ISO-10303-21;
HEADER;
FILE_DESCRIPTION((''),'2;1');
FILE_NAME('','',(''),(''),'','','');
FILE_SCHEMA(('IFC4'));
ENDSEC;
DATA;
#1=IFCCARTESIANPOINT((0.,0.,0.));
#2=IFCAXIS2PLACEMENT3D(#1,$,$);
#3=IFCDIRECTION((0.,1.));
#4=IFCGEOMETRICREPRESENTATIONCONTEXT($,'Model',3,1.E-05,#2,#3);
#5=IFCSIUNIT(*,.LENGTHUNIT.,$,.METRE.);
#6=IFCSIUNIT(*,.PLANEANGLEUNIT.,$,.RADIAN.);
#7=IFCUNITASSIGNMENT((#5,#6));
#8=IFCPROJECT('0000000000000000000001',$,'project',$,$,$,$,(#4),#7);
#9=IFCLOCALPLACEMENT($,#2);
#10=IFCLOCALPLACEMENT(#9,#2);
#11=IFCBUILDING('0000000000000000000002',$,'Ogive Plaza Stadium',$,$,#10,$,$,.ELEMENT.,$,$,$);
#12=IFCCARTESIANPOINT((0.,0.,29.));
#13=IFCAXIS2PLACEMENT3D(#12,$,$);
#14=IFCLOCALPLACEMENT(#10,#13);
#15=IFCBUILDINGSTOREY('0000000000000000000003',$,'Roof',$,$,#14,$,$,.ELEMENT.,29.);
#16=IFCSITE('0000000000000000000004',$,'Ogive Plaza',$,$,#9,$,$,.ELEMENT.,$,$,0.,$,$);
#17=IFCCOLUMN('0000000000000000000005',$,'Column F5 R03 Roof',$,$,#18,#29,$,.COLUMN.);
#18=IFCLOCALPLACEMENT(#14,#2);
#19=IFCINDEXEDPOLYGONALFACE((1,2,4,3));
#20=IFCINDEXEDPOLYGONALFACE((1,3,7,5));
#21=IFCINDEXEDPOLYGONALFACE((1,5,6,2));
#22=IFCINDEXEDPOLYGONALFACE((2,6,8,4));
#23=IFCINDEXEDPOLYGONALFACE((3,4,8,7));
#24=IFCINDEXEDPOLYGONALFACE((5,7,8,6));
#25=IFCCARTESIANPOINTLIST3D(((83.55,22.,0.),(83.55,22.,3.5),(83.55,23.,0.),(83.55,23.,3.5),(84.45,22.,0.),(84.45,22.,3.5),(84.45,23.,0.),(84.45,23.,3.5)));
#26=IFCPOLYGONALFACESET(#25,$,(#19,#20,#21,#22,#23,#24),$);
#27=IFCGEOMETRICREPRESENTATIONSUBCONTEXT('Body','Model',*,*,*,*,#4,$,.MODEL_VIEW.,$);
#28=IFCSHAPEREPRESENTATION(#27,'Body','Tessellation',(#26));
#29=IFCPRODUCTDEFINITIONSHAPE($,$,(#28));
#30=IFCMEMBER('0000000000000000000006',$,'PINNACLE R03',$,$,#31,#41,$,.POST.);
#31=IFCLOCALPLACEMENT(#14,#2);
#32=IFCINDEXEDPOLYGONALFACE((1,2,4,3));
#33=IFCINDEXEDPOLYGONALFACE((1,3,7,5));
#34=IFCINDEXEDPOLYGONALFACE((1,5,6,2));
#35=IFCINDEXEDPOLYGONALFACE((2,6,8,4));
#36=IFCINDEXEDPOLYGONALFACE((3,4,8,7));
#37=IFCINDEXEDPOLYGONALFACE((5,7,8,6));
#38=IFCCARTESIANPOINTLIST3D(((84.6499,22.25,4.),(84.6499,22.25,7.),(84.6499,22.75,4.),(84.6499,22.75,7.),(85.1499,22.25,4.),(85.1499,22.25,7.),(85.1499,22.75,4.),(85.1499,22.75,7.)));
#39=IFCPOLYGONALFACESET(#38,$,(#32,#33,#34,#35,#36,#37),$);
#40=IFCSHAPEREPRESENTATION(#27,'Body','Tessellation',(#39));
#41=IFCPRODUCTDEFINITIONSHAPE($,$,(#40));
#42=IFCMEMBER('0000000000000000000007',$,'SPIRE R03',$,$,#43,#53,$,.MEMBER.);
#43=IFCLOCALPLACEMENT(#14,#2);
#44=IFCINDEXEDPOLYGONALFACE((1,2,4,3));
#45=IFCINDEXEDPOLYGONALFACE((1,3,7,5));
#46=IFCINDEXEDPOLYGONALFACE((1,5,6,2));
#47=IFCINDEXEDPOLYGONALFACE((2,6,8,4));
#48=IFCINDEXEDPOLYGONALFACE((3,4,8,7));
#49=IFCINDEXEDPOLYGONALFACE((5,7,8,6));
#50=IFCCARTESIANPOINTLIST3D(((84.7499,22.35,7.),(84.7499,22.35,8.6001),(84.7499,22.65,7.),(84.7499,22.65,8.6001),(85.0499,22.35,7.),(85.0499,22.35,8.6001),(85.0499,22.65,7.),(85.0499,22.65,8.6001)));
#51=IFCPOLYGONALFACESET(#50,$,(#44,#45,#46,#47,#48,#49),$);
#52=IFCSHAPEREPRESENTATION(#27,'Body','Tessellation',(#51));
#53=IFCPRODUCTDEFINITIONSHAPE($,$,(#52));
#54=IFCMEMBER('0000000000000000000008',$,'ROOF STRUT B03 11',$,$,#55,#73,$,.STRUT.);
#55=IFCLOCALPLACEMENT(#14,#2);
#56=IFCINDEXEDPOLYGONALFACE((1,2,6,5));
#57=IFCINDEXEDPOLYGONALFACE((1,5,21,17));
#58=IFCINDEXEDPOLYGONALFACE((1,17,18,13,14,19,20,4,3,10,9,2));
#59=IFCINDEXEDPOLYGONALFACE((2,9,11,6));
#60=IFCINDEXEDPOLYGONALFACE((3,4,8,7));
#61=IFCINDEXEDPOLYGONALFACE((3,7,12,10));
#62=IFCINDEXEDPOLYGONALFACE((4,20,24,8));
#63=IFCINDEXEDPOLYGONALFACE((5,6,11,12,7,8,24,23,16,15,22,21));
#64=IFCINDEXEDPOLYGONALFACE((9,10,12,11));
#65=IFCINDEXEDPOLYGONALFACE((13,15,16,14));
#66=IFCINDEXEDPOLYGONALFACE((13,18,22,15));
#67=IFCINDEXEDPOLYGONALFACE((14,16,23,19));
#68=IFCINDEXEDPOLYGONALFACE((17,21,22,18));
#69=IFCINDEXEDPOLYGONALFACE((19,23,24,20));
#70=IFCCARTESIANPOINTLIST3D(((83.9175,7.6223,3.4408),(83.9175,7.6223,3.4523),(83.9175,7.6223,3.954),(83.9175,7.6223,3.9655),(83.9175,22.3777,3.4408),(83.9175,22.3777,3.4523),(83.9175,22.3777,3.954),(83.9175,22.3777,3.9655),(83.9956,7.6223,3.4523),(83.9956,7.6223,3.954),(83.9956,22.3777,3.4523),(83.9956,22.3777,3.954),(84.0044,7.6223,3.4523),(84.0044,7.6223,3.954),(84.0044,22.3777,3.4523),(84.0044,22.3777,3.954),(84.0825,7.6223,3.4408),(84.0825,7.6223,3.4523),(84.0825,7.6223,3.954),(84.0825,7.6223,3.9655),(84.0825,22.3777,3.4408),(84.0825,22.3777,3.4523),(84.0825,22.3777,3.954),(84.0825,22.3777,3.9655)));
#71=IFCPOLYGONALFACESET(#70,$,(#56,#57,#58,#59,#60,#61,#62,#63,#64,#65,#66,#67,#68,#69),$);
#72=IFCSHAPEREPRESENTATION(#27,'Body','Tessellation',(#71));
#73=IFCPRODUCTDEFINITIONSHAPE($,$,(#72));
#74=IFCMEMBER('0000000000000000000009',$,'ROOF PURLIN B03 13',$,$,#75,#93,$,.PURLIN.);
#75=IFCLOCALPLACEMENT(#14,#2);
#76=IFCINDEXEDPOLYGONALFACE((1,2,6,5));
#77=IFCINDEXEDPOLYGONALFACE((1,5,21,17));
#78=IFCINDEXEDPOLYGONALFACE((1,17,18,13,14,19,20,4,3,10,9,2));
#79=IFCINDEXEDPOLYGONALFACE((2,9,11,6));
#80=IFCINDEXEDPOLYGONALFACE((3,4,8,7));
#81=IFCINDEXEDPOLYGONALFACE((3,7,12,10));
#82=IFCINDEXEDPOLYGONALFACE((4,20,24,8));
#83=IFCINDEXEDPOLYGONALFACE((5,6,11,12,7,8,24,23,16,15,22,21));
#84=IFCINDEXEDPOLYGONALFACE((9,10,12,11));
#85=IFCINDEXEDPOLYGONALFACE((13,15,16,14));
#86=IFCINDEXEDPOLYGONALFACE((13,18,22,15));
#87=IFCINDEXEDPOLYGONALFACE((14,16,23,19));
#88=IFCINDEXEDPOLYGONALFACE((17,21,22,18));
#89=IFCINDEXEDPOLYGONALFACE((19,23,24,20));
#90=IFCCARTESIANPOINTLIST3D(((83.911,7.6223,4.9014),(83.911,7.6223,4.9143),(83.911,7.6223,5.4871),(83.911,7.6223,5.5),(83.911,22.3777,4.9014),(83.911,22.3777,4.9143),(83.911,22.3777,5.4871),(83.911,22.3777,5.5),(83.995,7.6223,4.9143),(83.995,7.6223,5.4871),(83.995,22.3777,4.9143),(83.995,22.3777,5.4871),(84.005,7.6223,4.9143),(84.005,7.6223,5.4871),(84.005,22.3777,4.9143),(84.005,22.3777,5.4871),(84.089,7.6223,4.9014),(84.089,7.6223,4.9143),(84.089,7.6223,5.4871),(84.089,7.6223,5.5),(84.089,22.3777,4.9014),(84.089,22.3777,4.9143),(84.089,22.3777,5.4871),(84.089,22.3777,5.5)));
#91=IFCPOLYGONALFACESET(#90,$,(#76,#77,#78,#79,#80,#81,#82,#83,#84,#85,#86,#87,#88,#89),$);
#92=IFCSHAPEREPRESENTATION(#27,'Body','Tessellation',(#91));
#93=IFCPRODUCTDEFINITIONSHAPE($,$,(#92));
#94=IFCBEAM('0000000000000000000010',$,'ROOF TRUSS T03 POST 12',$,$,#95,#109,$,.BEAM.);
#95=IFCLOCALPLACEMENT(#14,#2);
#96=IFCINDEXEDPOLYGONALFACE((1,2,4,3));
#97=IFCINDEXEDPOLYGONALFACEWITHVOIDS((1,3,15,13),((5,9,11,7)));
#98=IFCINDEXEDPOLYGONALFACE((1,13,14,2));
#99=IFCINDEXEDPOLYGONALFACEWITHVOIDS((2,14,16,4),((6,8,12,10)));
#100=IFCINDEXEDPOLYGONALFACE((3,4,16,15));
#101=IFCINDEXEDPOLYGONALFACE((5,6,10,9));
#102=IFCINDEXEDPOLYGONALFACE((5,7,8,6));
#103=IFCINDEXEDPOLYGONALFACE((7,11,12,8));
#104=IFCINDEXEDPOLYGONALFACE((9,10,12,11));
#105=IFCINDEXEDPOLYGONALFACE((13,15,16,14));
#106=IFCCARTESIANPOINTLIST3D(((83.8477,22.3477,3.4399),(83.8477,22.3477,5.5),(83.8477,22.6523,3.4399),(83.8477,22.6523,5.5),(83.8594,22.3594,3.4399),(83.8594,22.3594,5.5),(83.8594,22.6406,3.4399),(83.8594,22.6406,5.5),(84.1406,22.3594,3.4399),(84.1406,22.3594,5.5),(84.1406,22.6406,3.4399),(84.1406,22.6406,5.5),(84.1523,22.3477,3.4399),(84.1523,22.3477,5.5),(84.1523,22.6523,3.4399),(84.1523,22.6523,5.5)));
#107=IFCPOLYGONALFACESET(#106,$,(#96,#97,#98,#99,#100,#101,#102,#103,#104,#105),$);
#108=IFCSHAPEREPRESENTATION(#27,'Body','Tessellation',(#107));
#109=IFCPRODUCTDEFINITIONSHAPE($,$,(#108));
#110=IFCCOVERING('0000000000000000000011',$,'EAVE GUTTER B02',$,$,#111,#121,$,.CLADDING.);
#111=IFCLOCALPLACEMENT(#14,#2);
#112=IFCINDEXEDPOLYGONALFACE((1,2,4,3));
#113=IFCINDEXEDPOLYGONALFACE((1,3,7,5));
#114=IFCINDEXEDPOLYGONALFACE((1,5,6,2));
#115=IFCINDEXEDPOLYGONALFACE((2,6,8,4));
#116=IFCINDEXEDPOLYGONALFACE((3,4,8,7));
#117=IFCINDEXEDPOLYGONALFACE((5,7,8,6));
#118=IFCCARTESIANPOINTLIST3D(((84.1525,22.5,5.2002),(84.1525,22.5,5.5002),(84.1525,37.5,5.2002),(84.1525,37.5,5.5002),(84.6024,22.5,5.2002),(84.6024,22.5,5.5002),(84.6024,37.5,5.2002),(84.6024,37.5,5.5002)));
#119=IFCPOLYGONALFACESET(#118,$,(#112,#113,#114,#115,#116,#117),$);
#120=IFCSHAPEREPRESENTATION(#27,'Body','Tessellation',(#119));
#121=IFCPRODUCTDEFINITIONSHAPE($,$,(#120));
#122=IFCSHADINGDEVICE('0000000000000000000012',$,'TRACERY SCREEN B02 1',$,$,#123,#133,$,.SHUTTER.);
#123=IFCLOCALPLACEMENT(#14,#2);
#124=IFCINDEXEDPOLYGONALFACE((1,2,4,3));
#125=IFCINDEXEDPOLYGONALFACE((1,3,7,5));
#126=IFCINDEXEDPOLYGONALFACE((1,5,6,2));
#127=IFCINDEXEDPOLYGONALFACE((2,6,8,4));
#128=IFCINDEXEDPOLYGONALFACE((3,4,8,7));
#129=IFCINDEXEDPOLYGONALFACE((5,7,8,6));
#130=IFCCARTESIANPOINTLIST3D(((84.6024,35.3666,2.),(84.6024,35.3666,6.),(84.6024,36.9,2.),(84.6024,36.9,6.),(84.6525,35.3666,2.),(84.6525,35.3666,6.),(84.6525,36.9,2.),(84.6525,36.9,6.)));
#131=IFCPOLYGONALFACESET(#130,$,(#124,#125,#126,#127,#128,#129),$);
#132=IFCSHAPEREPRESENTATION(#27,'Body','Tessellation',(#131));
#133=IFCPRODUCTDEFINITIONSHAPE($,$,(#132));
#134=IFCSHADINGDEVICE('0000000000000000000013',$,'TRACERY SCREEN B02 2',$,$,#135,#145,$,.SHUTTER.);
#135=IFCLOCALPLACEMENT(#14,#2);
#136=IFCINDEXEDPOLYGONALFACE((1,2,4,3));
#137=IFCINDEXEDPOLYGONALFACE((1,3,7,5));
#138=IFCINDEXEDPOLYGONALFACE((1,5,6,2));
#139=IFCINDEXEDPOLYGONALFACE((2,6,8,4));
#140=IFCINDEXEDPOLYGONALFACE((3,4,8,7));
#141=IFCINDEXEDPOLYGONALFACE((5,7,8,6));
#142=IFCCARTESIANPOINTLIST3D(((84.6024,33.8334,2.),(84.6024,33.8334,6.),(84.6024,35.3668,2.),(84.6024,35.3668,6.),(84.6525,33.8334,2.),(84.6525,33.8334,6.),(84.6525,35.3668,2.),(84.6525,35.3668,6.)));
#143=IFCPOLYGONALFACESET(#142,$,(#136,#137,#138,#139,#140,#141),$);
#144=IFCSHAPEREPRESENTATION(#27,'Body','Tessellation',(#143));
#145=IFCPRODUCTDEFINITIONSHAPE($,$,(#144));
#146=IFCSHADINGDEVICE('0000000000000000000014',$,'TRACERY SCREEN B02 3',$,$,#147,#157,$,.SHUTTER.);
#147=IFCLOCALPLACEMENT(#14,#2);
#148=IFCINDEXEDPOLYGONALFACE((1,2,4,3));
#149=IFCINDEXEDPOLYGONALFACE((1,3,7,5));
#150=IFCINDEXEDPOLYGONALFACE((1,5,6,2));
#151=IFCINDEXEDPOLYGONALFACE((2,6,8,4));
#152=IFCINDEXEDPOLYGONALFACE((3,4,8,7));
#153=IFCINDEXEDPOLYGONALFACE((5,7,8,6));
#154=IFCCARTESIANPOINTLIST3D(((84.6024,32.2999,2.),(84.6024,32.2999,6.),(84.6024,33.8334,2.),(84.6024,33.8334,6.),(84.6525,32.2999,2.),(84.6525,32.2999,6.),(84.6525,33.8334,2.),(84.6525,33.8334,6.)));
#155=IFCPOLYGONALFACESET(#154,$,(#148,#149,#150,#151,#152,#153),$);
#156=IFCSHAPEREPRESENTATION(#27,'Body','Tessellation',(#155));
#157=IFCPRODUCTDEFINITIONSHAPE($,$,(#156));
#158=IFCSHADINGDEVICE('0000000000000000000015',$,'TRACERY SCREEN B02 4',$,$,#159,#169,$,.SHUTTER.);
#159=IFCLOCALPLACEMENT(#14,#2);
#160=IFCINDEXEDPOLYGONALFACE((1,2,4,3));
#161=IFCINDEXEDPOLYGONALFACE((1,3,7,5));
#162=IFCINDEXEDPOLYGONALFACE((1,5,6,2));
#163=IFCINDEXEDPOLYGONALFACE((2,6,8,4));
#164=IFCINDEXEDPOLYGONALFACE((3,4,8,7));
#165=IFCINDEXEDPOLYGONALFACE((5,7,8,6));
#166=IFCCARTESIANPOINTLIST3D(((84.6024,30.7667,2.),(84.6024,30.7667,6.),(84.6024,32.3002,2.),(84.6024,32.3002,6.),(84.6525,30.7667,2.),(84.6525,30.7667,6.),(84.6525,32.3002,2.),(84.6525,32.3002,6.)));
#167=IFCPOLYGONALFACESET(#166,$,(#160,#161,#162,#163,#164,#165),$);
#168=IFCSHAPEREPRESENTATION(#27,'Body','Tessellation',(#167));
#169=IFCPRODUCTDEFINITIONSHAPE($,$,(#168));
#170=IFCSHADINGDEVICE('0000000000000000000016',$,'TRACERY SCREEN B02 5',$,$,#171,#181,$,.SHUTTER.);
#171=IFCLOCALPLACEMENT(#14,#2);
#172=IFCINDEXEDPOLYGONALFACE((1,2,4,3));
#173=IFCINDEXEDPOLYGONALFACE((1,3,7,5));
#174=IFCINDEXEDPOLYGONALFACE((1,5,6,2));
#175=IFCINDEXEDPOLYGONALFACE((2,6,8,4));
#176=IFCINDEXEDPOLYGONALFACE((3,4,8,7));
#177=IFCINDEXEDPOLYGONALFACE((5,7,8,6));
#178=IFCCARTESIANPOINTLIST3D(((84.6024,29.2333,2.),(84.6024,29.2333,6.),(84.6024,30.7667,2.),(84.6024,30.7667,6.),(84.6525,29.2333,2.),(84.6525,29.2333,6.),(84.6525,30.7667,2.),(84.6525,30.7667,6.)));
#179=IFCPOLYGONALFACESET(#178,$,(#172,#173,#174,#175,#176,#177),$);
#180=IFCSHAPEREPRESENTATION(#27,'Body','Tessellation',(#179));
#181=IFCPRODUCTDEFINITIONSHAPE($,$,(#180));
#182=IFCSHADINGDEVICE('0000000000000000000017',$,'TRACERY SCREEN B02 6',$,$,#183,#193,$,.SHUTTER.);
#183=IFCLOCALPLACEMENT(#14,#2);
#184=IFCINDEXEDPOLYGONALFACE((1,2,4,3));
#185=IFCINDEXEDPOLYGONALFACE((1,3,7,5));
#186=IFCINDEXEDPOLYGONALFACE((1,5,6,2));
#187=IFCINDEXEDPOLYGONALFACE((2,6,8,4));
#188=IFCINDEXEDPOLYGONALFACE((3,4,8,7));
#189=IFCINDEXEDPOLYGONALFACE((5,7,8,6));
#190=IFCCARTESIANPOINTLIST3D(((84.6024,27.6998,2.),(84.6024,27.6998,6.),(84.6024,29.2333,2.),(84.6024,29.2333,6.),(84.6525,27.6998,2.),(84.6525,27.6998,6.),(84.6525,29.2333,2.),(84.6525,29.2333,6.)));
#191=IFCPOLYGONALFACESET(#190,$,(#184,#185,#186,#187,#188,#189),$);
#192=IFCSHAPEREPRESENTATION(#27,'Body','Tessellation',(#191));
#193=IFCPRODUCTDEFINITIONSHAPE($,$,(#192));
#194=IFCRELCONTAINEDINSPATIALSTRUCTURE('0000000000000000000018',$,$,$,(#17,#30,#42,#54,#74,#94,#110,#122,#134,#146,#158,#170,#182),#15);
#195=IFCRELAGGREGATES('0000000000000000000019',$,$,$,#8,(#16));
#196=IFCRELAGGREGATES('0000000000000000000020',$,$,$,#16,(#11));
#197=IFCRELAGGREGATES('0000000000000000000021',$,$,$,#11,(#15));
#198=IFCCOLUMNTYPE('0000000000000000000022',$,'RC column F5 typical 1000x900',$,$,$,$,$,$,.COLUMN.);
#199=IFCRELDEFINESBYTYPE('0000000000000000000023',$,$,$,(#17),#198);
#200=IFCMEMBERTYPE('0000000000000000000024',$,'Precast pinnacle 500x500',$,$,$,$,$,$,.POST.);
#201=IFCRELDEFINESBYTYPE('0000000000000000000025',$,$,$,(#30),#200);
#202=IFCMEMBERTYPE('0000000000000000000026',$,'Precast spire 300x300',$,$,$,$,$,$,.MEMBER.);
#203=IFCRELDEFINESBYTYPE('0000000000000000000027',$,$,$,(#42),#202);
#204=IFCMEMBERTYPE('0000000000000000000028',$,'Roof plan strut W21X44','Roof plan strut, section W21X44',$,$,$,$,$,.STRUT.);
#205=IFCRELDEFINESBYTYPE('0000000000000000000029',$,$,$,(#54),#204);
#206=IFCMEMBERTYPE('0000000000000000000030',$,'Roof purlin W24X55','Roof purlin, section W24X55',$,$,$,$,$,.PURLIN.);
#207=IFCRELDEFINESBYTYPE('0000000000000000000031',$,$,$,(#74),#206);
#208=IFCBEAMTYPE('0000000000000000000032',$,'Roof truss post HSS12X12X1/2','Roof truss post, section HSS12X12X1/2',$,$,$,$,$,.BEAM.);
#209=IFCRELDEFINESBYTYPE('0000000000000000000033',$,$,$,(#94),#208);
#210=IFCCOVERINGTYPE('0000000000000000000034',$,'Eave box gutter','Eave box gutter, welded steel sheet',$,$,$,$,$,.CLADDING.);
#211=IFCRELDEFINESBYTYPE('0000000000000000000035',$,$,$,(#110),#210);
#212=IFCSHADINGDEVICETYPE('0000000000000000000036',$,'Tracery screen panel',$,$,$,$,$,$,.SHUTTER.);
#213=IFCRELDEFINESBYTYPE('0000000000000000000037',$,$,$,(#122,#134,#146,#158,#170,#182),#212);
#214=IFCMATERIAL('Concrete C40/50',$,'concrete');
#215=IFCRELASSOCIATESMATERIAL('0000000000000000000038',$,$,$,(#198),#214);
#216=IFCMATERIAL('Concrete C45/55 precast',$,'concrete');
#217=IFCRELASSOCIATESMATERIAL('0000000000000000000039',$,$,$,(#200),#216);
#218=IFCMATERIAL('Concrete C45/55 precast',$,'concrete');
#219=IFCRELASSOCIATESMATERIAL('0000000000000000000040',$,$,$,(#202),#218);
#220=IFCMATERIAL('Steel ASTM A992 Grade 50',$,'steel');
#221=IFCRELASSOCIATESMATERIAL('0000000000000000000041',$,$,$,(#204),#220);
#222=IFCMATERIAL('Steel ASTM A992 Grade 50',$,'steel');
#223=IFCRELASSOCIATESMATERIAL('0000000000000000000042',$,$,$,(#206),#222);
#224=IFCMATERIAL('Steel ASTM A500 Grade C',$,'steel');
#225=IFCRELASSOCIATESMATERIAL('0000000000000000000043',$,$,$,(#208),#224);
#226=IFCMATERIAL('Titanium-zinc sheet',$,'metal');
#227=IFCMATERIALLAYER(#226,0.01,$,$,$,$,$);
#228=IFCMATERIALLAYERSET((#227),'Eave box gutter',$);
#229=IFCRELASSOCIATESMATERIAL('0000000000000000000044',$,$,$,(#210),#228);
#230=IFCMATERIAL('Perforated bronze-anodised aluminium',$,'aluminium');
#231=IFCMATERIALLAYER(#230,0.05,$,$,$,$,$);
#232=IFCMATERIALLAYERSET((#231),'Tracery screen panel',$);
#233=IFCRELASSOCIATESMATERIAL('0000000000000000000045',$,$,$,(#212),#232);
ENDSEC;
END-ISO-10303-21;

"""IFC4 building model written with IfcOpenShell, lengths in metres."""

from ifc_helpers import new_model, si_unit, direction, frame, origin, origin_2d, place, context, subcontext, project, spatial, rectangle, hollow_rectangle, i_section, extrude, material, layer, layer_set, material_profile, profile_set, type_object, element, save


model = new_model("IFC4")

# Units and contexts
model_context = context("Model", 3, precision=1e-05, world=origin(), true_north=direction((0.0, 1.0)))
body_context = subcontext(model_context, "Body", "Model", "MODEL_VIEW")
ifc_project = project(units=[si_unit("LENGTHUNIT", "METRE"), si_unit("PLANEANGLEUNIT", "RADIAN")], contexts=[model_context])

# Site, building, storey
site_placement = place(None, origin())
site = spatial("IfcSite", under=ifc_project, at=site_placement, Name="Ogive Plaza", CompositionType="ELEMENT", RefElevation=0.0)
building_placement = place(site_placement, origin())
building = spatial("IfcBuilding", under=site, at=building_placement, Name="Ogive Plaza Stadium", CompositionType="ELEMENT")
storey_placement = place(building_placement, frame((0.0, 0.0, 29.0)))
storey = spatial("IfcBuildingStorey", under=building, at=storey_placement, Name="Roof", CompositionType="ELEMENT", Elevation=29.0)

# Column
ifc_material_1 = material(Name="Concrete C40/50", Category="concrete")
ifc_material_profile_1 = material_profile(ifc_material_1, rectangle(XDim=1.0, YDim=0.8999, at=origin_2d()), Name="RC 1000x900")
ifc_profile_set_1 = profile_set([ifc_material_profile_1], Name="Concrete C40/50")
column_type = type_object("IfcColumnType", Name="RC column F5 typical 1000x900", PredefinedType="COLUMN", material=ifc_profile_set_1)
column_placement = place(storey_placement, frame((84.0, 22.5, 0.0), z_axis=(0.0, 0.0, 1.0), x_axis=(0.0, 1.0, 0.0)))
element("IfcColumn", 1, at=column_placement, inside=storey, type_object=column_type, Name="Column F5 R03 Roof", PredefinedType="COLUMN", context=body_context, shape_type="SweptSolid", body=[
    extrude(rectangle(XDim=1.0, YDim=0.8999, at=origin_2d()), origin(), (0.0, 0.0, 1.0), 3.5),
])

# Members
ifc_material_2 = material(Name="Concrete C45/55 precast", Category="concrete")
ifc_material_profile_2 = material_profile(ifc_material_2, rectangle(XDim=0.5, YDim=0.5, at=origin_2d()), Name="RC 500x500")
ifc_profile_set_2 = profile_set([ifc_material_profile_2], Name="Concrete C45/55 precast")
member_type_1 = type_object("IfcMemberType", Name="Precast pinnacle 500x500", PredefinedType="POST", material=ifc_profile_set_2)
member_1_placement = place(storey_placement, frame((84.8999, 22.5, 4.0), z_axis=(0.0, 0.0, 1.0), x_axis=(0.0, 1.0, 0.0)))
element("IfcMember", 2, at=member_1_placement, inside=storey, type_object=member_type_1, Name="PINNACLE R03", PredefinedType="POST", context=body_context, shape_type="SweptSolid", body=[
    extrude(rectangle(XDim=0.5, YDim=0.5, at=origin_2d()), origin(), (0.0, 0.0, 1.0), 3.0),
])
ifc_material_3 = material(Name="Concrete C45/55 precast", Category="concrete")
ifc_material_profile_3 = material_profile(ifc_material_3, rectangle(XDim=0.3, YDim=0.3, at=origin_2d()), Name="RC 300x300")
ifc_profile_set_3 = profile_set([ifc_material_profile_3], Name="Concrete C45/55 precast")
member_type_2 = type_object("IfcMemberType", Name="Precast spire 300x300", PredefinedType="MEMBER", material=ifc_profile_set_3)
member_2_placement = place(storey_placement, frame((84.8999, 22.5, 7.0), z_axis=(0.0, 0.0, 1.0), x_axis=(0.0, 1.0, 0.0)))
element("IfcMember", 3, at=member_2_placement, inside=storey, type_object=member_type_2, Name="SPIRE R03", PredefinedType="MEMBER", context=body_context, shape_type="SweptSolid", body=[
    extrude(rectangle(XDim=0.3, YDim=0.3, at=origin_2d()), origin(), (0.0, 0.0, 1.0), 1.6001),
])
ifc_material_4 = material(Name="Steel ASTM A992 Grade 50", Category="steel")
ifc_material_profile_4 = material_profile(ifc_material_4, i_section(OverallWidth=0.165, OverallDepth=0.5247, WebThickness=0.0088, FlangeThickness=0.0115, at=origin_2d()), Name="W21X44")
ifc_profile_set_4 = profile_set([ifc_material_profile_4], Name="Steel ASTM A992 Grade 50")
member_type_3 = type_object("IfcMemberType", Name="Roof plan strut W21X44", Description="Roof plan strut, section W21X44", PredefinedType="STRUT", material=ifc_profile_set_4)
member_3_placement = place(storey_placement, frame((84.0, 22.3777, 3.7031), z_axis=(0.0, -1.0, 0.0), x_axis=(1.0, 0.0, 0.0)))
element("IfcMember", 4, at=member_3_placement, inside=storey, type_object=member_type_3, Name="ROOF STRUT B03 11", PredefinedType="STRUT", context=body_context, shape_type="SweptSolid", body=[
    extrude(i_section(OverallWidth=0.165, OverallDepth=0.5247, WebThickness=0.0088, FlangeThickness=0.0115, at=origin_2d()), origin(), (0.0, 0.0, 1.0), 14.7554),
])
ifc_material_5 = material(Name="Steel ASTM A992 Grade 50", Category="steel")
ifc_material_profile_5 = material_profile(ifc_material_5, i_section(OverallWidth=0.178, OverallDepth=0.5986, WebThickness=0.01, FlangeThickness=0.0129, at=origin_2d()), Name="W24X55")
ifc_profile_set_5 = profile_set([ifc_material_profile_5], Name="Steel ASTM A992 Grade 50")
member_type_4 = type_object("IfcMemberType", Name="Roof purlin W24X55", Description="Roof purlin, section W24X55", PredefinedType="PURLIN", material=ifc_profile_set_5)
member_4_placement = place(storey_placement, frame((84.0, 22.3777, 5.2007), z_axis=(0.0, -1.0, 0.0), x_axis=(1.0, 0.0, 0.0)))
element("IfcMember", 5, at=member_4_placement, inside=storey, type_object=member_type_4, Name="ROOF PURLIN B03 13", PredefinedType="PURLIN", context=body_context, shape_type="SweptSolid", body=[
    extrude(i_section(OverallWidth=0.178, OverallDepth=0.5986, WebThickness=0.01, FlangeThickness=0.0129, at=origin_2d()), origin(), (0.0, 0.0, 1.0), 14.7554),
])

# Beam
ifc_material_6 = material(Name="Steel ASTM A500 Grade C", Category="steel")
ifc_material_profile_6 = material_profile(ifc_material_6, hollow_rectangle(XDim=0.3047, YDim=0.3047, WallThickness=0.0117, at=origin_2d()), Name="HSS12X12X1/2")
ifc_profile_set_6 = profile_set([ifc_material_profile_6], Name="Steel ASTM A500 Grade C")
beam_type = type_object("IfcBeamType", Name="Roof truss post HSS12X12X1/2", Description="Roof truss post, section HSS12X12X1/2", PredefinedType="BEAM", material=ifc_profile_set_6)
beam_placement = place(storey_placement, frame((84.0, 22.5, 3.4399), z_axis=(0.0, 0.0, 1.0), x_axis=(0.0, 1.0, 0.0)))
element("IfcBeam", 6, at=beam_placement, inside=storey, type_object=beam_type, Name="ROOF TRUSS T03 POST 12", PredefinedType="BEAM", context=body_context, shape_type="SweptSolid", body=[
    extrude(hollow_rectangle(XDim=0.3047, YDim=0.3047, WallThickness=0.0117, at=origin_2d()), origin(), (0.0, 0.0, 1.0), 2.0601),
])

# Covering
ifc_material_7 = material(Name="Titanium-zinc sheet", Category="metal")
ifc_layer_1 = layer(ifc_material_7, 0.01)
ifc_layer_set_1 = layer_set([ifc_layer_1], Name="Eave box gutter")
covering_type = type_object("IfcCoveringType", Name="Eave box gutter", Description="Eave box gutter, welded steel sheet", PredefinedType="CLADDING", material=ifc_layer_set_1)
covering_placement = place(storey_placement, frame((84.3774, 30.0, 5.2002), z_axis=(0.0, 0.0, 1.0), x_axis=(0.0, -1.0, 0.0)))
element("IfcCovering", 7, at=covering_placement, inside=storey, type_object=covering_type, Name="EAVE GUTTER B02", PredefinedType="CLADDING", context=body_context, shape_type="SweptSolid", body=[
    extrude(rectangle(XDim=15.0, YDim=0.45, at=origin_2d()), origin(), (0.0, 0.0, 1.0), 0.3),
])

# Shading devices
ifc_material_8 = material(Name="Perforated bronze-anodised aluminium", Category="aluminium")
ifc_layer_2 = layer(ifc_material_8, 0.05)
ifc_layer_set_2 = layer_set([ifc_layer_2], Name="Tracery screen panel")
shading_device_type = type_object("IfcShadingDeviceType", Name="Tracery screen panel", PredefinedType="SHUTTER", material=ifc_layer_set_2)
for number, where, z_axis, x_axis, name in (
    (8, (84.6274, 36.1333, 2.0), (0.0, 0.0, 1.0), (0.0, -1.0, 0.0), "TRACERY SCREEN B02 1"),
    (9, (84.6274, 34.6001, 2.0), (0.0, 0.0, 1.0), (0.0, -1.0, 0.0), "TRACERY SCREEN B02 2"),
    (10, (84.6274, 33.0667, 2.0), (0.0, 0.0, 1.0), (0.0, -1.0, 0.0), "TRACERY SCREEN B02 3"),
    (11, (84.6274, 31.5334, 2.0), (0.0, 0.0, 1.0), (0.0, -1.0, 0.0), "TRACERY SCREEN B02 4"),
    (12, (84.6274, 30.0, 2.0), (0.0, 0.0, 1.0), (0.0, -1.0, 0.0), "TRACERY SCREEN B02 5"),
    (13, (84.6274, 28.4666, 2.0), (0.0, 0.0, 1.0), (0.0, -1.0, 0.0), "TRACERY SCREEN B02 6"),
):
    element("IfcShadingDevice", number, at=place(storey_placement, frame(where, z_axis=z_axis, x_axis=x_axis)), inside=storey, type_object=shading_device_type, Name=name, PredefinedType="SHUTTER", context=body_context, shape_type="SweptSolid", body=[
        extrude(rectangle(XDim=1.5334, YDim=0.05, at=origin_2d()), origin(), (0.0, 0.0, 1.0), 4.0),
    ])

save(model, "model.ifc")
